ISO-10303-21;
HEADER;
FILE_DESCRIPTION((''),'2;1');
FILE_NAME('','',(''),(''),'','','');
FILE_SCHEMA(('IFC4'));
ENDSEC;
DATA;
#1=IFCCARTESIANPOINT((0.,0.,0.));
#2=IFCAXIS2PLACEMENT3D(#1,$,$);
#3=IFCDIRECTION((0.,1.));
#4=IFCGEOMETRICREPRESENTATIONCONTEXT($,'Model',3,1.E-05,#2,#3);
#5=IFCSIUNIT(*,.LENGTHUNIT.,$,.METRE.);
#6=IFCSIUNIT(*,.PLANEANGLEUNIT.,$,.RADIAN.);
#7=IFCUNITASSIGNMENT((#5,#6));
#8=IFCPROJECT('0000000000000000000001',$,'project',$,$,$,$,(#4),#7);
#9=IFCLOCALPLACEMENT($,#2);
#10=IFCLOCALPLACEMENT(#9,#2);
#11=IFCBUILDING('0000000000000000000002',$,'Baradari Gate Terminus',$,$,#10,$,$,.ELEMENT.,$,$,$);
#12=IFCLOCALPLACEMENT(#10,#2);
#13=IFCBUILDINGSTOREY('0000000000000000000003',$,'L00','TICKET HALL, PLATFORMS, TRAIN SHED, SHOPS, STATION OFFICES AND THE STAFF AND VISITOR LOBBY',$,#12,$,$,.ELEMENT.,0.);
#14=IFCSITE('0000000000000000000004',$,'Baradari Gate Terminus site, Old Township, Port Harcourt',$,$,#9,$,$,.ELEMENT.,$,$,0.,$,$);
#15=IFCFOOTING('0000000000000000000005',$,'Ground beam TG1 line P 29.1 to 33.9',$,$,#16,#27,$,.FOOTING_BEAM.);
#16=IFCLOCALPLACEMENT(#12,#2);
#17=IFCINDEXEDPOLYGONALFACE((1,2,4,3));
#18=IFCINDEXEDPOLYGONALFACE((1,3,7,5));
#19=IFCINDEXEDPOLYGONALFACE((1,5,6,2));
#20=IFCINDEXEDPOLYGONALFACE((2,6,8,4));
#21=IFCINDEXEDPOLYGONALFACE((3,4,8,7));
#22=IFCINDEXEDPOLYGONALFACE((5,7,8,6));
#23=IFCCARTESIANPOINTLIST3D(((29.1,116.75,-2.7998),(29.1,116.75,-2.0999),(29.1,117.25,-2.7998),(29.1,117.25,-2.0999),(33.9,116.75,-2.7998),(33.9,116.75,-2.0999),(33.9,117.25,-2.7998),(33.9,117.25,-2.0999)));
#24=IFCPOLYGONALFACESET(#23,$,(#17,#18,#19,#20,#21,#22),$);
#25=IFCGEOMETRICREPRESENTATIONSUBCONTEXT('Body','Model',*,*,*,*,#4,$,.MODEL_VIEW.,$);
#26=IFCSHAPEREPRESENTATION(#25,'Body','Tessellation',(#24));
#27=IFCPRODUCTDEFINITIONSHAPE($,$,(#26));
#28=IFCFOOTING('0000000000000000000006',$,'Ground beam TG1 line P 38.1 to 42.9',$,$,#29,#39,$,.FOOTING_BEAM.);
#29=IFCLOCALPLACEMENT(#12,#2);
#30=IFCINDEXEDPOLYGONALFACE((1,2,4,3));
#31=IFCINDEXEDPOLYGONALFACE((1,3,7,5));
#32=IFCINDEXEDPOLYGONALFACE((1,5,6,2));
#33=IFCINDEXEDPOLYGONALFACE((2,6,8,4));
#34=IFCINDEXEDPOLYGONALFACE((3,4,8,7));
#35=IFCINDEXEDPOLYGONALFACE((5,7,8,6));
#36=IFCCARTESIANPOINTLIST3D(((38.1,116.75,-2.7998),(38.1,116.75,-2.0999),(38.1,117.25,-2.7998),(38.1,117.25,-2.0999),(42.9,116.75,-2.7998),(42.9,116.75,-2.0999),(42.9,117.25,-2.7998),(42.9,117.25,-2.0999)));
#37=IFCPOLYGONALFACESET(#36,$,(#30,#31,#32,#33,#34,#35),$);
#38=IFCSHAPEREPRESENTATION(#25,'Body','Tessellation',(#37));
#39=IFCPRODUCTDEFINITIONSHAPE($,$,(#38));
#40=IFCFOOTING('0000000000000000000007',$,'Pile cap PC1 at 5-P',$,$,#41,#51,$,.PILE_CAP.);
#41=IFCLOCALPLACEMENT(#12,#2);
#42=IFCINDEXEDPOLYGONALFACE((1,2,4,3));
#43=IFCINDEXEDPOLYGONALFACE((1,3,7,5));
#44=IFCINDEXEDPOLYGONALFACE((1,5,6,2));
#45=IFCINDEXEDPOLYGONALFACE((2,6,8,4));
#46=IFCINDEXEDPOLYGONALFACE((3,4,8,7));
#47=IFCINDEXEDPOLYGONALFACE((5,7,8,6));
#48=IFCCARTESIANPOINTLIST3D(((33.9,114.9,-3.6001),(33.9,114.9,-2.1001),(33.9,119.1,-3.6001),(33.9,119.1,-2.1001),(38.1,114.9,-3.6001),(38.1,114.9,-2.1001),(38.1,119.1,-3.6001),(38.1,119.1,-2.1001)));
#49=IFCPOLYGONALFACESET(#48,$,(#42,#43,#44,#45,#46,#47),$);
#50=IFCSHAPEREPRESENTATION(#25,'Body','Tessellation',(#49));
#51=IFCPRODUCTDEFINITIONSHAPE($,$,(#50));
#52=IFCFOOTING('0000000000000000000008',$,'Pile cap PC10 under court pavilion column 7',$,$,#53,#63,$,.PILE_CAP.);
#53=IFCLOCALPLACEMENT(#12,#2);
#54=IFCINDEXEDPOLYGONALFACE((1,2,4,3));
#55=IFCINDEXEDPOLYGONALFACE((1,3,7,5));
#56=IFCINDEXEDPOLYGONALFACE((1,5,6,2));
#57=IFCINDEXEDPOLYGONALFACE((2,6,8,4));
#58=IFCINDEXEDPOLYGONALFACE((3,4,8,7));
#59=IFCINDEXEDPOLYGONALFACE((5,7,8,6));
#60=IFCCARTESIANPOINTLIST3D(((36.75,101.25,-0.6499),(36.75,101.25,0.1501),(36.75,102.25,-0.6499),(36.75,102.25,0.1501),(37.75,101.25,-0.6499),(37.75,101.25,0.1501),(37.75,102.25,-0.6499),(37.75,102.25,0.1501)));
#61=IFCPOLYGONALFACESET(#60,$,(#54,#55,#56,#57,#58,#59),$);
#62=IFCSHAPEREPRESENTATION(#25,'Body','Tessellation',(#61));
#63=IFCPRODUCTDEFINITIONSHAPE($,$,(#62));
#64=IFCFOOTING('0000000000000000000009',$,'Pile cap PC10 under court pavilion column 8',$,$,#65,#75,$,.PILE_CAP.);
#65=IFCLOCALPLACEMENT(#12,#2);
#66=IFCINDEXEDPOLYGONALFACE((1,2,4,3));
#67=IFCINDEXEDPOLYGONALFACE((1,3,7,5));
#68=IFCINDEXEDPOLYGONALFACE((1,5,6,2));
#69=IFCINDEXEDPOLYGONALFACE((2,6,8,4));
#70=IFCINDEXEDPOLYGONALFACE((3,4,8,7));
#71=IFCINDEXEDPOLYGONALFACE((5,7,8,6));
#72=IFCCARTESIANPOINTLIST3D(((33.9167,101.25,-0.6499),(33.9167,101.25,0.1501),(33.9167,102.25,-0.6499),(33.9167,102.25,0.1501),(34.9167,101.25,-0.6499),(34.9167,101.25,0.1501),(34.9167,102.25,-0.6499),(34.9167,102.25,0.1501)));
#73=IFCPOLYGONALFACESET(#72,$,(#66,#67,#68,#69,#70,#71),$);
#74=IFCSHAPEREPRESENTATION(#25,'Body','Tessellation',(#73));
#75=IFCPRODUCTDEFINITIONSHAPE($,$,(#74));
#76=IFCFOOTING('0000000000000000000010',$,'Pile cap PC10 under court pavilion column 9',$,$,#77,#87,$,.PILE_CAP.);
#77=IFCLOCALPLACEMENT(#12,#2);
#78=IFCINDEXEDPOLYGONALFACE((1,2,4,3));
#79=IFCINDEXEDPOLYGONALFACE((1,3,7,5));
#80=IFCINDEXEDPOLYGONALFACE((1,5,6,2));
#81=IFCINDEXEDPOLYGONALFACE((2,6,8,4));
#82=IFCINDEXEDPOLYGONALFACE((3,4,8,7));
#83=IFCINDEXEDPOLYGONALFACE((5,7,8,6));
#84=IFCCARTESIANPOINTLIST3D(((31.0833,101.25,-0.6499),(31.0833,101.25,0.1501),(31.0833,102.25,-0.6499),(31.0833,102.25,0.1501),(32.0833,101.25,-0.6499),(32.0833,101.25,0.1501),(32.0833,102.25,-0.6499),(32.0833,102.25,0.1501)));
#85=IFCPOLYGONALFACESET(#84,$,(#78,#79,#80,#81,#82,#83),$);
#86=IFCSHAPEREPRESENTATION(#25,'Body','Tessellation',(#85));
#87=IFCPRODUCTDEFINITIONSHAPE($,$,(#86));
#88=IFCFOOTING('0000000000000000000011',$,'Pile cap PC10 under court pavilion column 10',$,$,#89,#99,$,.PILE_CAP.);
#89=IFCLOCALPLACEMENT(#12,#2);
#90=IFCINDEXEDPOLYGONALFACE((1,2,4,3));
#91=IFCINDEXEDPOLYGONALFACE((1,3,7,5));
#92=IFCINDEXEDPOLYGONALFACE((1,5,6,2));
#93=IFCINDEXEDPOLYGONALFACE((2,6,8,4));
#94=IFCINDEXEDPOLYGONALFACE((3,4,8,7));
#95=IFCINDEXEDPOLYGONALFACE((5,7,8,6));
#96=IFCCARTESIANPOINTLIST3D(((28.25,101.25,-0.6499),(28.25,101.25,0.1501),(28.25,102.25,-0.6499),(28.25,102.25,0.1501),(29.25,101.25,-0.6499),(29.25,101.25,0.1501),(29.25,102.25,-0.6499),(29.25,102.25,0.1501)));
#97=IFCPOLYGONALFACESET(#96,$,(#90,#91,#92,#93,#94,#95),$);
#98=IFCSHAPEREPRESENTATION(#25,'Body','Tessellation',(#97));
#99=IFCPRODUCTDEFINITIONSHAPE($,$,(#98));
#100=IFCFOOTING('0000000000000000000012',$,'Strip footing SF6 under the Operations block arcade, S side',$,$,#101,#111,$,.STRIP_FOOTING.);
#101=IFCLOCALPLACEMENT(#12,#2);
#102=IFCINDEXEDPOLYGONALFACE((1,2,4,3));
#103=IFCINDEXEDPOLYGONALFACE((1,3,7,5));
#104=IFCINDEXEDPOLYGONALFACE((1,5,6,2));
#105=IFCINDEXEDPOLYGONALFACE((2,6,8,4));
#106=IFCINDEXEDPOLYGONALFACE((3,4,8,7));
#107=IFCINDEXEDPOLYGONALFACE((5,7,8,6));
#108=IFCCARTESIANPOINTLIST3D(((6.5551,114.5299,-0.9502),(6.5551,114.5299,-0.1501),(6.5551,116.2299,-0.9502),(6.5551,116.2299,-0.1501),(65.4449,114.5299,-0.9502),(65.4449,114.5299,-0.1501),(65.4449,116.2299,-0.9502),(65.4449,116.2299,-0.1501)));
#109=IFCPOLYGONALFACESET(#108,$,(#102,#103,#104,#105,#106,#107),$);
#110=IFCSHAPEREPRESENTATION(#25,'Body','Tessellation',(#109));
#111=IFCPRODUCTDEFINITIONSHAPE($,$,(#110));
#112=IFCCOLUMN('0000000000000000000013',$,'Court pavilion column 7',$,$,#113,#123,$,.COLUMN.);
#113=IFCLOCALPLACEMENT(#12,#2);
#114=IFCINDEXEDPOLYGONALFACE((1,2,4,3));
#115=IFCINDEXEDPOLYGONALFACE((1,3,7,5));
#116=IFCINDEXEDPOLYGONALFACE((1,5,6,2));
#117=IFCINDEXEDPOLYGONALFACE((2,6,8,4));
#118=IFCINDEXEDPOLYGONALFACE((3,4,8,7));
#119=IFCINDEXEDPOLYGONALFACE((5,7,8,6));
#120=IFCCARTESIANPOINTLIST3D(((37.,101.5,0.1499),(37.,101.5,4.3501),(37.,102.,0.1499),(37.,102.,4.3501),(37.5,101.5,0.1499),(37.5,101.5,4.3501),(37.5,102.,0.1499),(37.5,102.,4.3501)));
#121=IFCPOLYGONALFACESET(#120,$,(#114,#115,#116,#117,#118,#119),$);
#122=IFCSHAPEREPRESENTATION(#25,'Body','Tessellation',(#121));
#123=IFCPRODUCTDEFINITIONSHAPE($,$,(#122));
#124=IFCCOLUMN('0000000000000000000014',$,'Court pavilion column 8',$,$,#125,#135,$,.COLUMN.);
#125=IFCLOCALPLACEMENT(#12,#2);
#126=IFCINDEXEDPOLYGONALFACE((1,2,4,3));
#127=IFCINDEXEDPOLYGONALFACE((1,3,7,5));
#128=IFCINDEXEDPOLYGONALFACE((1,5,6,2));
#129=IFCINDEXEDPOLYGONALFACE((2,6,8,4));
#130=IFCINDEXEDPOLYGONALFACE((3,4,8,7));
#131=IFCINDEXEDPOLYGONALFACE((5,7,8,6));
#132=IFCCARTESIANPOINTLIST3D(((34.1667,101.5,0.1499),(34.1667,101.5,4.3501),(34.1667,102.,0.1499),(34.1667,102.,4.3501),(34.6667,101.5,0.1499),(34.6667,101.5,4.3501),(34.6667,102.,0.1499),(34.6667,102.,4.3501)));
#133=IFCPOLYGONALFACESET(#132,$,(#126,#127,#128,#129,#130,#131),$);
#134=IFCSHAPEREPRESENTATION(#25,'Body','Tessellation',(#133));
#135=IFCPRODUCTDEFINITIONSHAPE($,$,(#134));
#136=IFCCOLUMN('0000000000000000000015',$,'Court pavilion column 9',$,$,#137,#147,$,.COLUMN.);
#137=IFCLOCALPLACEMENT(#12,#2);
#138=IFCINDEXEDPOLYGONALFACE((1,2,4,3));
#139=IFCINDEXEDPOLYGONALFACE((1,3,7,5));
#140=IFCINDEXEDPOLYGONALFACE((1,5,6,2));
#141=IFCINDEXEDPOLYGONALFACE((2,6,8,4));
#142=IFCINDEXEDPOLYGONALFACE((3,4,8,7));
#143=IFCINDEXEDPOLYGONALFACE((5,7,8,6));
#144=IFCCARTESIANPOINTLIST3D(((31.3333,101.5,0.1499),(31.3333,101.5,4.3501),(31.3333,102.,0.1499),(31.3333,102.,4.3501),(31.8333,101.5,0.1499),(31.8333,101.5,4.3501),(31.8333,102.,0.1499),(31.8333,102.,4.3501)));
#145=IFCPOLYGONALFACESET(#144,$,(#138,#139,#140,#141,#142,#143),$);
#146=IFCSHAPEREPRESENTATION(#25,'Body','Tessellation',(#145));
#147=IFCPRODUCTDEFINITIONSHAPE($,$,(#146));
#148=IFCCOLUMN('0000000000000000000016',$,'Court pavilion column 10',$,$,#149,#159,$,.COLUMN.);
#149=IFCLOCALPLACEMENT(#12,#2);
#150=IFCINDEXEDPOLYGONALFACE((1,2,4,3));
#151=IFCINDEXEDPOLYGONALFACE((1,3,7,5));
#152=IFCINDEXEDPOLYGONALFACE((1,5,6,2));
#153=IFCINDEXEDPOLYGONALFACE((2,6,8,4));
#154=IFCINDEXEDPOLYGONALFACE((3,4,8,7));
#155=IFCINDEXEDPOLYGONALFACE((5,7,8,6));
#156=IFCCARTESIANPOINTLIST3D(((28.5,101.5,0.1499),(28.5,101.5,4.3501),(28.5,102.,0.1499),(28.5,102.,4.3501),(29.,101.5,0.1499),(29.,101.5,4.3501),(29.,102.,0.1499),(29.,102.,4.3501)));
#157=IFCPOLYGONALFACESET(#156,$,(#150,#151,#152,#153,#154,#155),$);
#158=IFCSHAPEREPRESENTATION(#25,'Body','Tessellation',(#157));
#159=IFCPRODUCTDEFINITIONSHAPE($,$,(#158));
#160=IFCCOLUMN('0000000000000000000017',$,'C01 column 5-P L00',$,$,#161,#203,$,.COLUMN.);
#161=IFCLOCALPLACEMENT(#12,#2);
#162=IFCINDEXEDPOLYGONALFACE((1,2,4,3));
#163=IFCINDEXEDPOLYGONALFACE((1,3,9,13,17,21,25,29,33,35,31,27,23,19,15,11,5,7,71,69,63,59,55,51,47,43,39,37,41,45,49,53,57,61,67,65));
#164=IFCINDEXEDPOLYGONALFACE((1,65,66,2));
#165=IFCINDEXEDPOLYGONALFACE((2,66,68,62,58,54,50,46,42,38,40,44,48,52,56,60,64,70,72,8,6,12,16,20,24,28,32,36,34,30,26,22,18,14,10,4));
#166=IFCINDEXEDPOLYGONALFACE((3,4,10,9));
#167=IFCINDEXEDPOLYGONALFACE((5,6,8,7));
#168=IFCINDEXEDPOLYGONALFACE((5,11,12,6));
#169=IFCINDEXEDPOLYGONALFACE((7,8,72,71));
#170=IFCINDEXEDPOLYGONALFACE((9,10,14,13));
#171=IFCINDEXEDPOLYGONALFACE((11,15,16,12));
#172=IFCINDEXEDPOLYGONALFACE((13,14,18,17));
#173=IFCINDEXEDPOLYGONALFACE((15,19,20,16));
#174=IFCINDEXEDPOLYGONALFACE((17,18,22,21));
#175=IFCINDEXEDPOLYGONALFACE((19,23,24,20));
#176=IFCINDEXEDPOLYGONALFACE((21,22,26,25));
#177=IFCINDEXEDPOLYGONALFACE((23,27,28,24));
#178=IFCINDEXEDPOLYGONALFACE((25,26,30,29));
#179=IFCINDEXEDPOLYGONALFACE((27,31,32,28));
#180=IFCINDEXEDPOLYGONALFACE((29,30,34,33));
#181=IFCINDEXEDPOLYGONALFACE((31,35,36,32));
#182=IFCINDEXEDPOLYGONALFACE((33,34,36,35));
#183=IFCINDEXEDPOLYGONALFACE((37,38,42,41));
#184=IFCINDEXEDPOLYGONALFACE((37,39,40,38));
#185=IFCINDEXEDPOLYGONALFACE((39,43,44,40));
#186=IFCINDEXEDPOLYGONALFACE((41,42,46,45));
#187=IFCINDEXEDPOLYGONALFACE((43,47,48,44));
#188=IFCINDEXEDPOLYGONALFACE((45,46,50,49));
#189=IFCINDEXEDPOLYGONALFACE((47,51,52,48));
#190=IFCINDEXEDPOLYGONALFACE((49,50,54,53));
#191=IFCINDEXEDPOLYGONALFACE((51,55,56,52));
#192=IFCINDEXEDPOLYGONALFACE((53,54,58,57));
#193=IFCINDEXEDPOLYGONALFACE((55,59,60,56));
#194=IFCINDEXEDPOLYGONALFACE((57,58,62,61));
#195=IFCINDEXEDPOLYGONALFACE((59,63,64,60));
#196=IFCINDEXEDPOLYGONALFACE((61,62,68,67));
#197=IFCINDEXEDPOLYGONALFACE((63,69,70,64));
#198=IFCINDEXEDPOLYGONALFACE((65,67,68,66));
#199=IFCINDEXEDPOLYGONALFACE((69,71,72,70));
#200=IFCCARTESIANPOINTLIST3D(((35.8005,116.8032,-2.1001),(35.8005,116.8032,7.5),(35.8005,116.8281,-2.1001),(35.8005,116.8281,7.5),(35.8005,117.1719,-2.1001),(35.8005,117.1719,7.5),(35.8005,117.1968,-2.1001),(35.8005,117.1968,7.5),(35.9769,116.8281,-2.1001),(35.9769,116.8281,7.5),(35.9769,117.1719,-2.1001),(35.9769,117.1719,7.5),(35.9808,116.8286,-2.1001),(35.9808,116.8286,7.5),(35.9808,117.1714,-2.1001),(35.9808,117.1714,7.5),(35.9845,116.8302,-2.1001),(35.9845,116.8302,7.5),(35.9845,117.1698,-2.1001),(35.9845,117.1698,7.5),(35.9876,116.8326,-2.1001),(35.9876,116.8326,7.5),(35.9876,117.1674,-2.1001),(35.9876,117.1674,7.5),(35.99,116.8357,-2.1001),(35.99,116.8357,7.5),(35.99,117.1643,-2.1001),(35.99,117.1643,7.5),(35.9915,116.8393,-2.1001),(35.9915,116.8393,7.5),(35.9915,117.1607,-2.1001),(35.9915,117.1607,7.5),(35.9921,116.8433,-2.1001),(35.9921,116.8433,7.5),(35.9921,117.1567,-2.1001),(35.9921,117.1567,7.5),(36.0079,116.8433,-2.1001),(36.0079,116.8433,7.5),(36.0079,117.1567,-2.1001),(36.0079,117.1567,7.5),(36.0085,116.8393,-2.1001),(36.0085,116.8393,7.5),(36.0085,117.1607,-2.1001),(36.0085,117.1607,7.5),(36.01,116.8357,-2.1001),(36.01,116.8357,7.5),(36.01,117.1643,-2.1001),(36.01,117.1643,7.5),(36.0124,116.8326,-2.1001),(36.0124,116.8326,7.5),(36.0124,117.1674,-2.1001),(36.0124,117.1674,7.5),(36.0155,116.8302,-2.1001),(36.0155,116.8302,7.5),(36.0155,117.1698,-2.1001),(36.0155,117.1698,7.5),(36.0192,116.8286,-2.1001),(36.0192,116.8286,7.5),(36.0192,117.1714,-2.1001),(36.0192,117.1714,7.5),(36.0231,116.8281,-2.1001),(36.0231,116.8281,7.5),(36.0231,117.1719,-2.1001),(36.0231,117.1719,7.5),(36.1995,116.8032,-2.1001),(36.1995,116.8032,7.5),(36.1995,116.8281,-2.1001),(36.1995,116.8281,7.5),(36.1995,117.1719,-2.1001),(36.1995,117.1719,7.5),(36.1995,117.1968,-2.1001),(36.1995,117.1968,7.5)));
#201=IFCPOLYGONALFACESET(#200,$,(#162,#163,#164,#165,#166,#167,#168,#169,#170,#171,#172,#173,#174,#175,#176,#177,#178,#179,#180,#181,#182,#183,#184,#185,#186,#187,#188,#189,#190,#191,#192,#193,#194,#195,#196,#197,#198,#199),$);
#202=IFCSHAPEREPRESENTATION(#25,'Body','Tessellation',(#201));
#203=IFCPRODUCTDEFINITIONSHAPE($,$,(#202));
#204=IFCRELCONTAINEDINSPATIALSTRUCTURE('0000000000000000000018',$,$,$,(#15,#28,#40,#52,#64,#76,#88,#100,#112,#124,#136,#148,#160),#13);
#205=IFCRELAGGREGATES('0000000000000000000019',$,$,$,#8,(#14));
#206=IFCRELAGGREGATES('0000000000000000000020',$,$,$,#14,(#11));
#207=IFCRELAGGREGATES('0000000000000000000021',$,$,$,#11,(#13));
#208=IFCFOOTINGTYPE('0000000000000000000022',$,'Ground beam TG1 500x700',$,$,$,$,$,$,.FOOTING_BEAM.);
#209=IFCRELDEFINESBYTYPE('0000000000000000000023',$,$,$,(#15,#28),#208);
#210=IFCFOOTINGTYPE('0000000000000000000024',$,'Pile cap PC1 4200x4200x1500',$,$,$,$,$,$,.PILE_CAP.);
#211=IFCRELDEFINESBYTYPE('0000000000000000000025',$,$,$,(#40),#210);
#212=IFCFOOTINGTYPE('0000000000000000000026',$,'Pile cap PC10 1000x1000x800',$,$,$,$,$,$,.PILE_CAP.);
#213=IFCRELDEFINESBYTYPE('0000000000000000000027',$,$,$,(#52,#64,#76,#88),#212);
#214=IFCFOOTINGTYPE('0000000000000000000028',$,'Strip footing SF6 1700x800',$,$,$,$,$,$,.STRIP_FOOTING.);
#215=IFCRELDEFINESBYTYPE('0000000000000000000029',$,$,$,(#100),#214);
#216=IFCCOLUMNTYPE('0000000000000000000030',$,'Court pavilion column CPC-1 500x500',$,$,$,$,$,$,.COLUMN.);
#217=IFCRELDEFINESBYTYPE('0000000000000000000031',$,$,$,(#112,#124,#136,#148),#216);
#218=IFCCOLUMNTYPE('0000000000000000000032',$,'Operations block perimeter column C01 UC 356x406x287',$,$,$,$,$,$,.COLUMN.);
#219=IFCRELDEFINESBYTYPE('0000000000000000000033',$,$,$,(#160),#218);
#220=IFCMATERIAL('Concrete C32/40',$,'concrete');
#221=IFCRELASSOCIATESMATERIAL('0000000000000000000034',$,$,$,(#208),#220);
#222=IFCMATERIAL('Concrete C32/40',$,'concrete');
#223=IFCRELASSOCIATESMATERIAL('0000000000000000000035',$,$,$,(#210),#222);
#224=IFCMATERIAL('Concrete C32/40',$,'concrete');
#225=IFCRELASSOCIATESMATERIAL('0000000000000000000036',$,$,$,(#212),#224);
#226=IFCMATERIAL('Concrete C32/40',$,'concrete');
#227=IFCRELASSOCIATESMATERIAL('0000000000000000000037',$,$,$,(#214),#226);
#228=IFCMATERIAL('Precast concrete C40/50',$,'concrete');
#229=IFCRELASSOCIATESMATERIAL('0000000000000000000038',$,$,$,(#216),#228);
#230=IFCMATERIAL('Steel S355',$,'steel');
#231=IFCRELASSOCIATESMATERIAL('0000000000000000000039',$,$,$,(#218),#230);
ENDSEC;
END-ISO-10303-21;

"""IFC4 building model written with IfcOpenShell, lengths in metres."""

from ifc_helpers import new_model, si_unit, direction, frame, origin, origin_2d, place, context, subcontext, project, spatial, rectangle, i_section, extrude, material, material_profile, profile_set, type_object, element, save


model = new_model("IFC4")

# Units and contexts
model_context = context("Model", 3, precision=1e-05, world=origin(), true_north=direction((0.0, 1.0)))
body_context = subcontext(model_context, "Body", "Model", "MODEL_VIEW")
ifc_project = project(units=[si_unit("LENGTHUNIT", "METRE"), si_unit("PLANEANGLEUNIT", "RADIAN")], contexts=[model_context])

# Site, building, storey
site_placement = place(None, origin())
site = spatial("IfcSite", under=ifc_project, at=site_placement, Name="Baradari Gate Terminus site, Old Township, Port Harcourt", CompositionType="ELEMENT", RefElevation=0.0)
building_placement = place(site_placement, origin())
building = spatial("IfcBuilding", under=site, at=building_placement, Name="Baradari Gate Terminus", CompositionType="ELEMENT")
storey_placement = place(building_placement, origin())
storey = spatial("IfcBuildingStorey", under=building, at=storey_placement, Name="L00", Description="TICKET HALL, PLATFORMS, TRAIN SHED, SHOPS, STATION OFFICES AND THE STAFF AND VISITOR LOBBY", CompositionType="ELEMENT", Elevation=0.0)

# Footings
ifc_material_1 = material(Name="Concrete C32/40", Category="concrete")
footing_type_1 = type_object("IfcFootingType", Name="Ground beam TG1 500x700", PredefinedType="FOOTING_BEAM", material=ifc_material_1)
for number, where, z_axis, x_axis, name in (
    (1, (31.5, 117.0, -2.7998), (0.0, 0.0, 1.0), (1.0, 0.0, 0.0), "Ground beam TG1 line P 29.1 to 33.9"),
    (2, (40.5, 117.0, -2.7998), (0.0, 0.0, 1.0), (1.0, 0.0, 0.0), "Ground beam TG1 line P 38.1 to 42.9"),
):
    element("IfcFooting", number, at=place(storey_placement, frame(where, z_axis=z_axis, x_axis=x_axis)), inside=storey, type_object=footing_type_1, Name=name, PredefinedType="FOOTING_BEAM", context=body_context, shape_type="SweptSolid", body=[
        extrude(rectangle(XDim=4.8, YDim=0.5, at=origin_2d()), origin(), (0.0, 0.0, 1.0), 0.7),
    ])
ifc_material_2 = material(Name="Concrete C32/40", Category="concrete")
footing_type_2 = type_object("IfcFootingType", Name="Pile cap PC1 4200x4200x1500", PredefinedType="PILE_CAP", material=ifc_material_2)
footing_1_placement = place(storey_placement, frame((36.0, 117.0, -3.6001), z_axis=(0.0, 0.0, 1.0), x_axis=(1.0, 0.0, 0.0)))
element("IfcFooting", 3, at=footing_1_placement, inside=storey, type_object=footing_type_2, Name="Pile cap PC1 at 5-P", PredefinedType="PILE_CAP", context=body_context, shape_type="SweptSolid", body=[
    extrude(rectangle(XDim=4.2, YDim=4.2, at=origin_2d()), origin(), (0.0, 0.0, 1.0), 1.5),
])
ifc_material_3 = material(Name="Concrete C32/40", Category="concrete")
footing_type_3 = type_object("IfcFootingType", Name="Pile cap PC10 1000x1000x800", PredefinedType="PILE_CAP", material=ifc_material_3)
for number, where, z_axis, x_axis, name in (
    (4, (37.25, 101.75, -0.6499), (0.0, 0.0, 1.0), (1.0, 0.0, 0.0), "Pile cap PC10 under court pavilion column 7"),
    (5, (34.4167, 101.75, -0.6499), (0.0, 0.0, 1.0), (1.0, 0.0, 0.0), "Pile cap PC10 under court pavilion column 8"),
    (6, (31.5833, 101.75, -0.6499), (0.0, 0.0, 1.0), (1.0, 0.0, 0.0), "Pile cap PC10 under court pavilion column 9"),
    (7, (28.75, 101.75, -0.6499), (0.0, 0.0, 1.0), (1.0, 0.0, 0.0), "Pile cap PC10 under court pavilion column 10"),
):
    element("IfcFooting", number, at=place(storey_placement, frame(where, z_axis=z_axis, x_axis=x_axis)), inside=storey, type_object=footing_type_3, Name=name, PredefinedType="PILE_CAP", context=body_context, shape_type="SweptSolid", body=[
        extrude(rectangle(XDim=1.0, YDim=1.0, at=origin_2d()), origin(), (0.0, 0.0, 1.0), 0.8),
    ])
ifc_material_4 = material(Name="Concrete C32/40", Category="concrete")
footing_type_4 = type_object("IfcFootingType", Name="Strip footing SF6 1700x800", PredefinedType="STRIP_FOOTING", material=ifc_material_4)
footing_2_placement = place(storey_placement, frame((36.0, 115.3799, -0.9502), z_axis=(0.0, 0.0, 1.0), x_axis=(1.0, 0.0, 0.0)))
element("IfcFooting", 8, at=footing_2_placement, inside=storey, type_object=footing_type_4, Name="Strip footing SF6 under the Operations block arcade, S side", PredefinedType="STRIP_FOOTING", context=body_context, shape_type="SweptSolid", body=[
    extrude(rectangle(XDim=58.8899, YDim=1.7, at=origin_2d()), origin(), (0.0, 0.0, 1.0), 0.8),
])

# Columns
ifc_material_5 = material(Name="Precast concrete C40/50", Category="concrete")
ifc_material_profile_1 = material_profile(ifc_material_5, rectangle(XDim=0.5, YDim=0.5, at=origin_2d()), Name="RC500X500")
ifc_profile_set_1 = profile_set([ifc_material_profile_1], Name="Precast concrete C40/50")
column_type_1 = type_object("IfcColumnType", Name="Court pavilion column CPC-1 500x500", PredefinedType="COLUMN", material=ifc_profile_set_1)
for number, where, z_axis, x_axis, name in (
    (9, (37.25, 101.75, 0.1499), (0.0, 0.0, 1.0), (1.0, 0.0, 0.0), "Court pavilion column 7"),
    (10, (34.4167, 101.75, 0.1499), (0.0, 0.0, 1.0), (1.0, 0.0, 0.0), "Court pavilion column 8"),
    (11, (31.5833, 101.75, 0.1499), (0.0, 0.0, 1.0), (1.0, 0.0, 0.0), "Court pavilion column 9"),
    (12, (28.75, 101.75, 0.1499), (0.0, 0.0, 1.0), (1.0, 0.0, 0.0), "Court pavilion column 10"),
):
    element("IfcColumn", number, at=place(storey_placement, frame(where, z_axis=z_axis, x_axis=x_axis)), inside=storey, type_object=column_type_1, Name=name, PredefinedType="COLUMN", context=body_context, shape_type="SweptSolid", body=[
        extrude(rectangle(XDim=0.5, YDim=0.5, at=origin_2d()), origin(), (0.0, 0.0, 1.0), 4.2002),
    ])
ifc_material_6 = material(Name="Steel S355", Category="steel")
ifc_material_profile_2 = material_profile(ifc_material_6, i_section(OverallWidth=0.3989, OverallDepth=0.3936, WebThickness=0.0159, FlangeThickness=0.0249, FilletRadius=0.0151, at=origin_2d()), Name="UC 356x406x287")
ifc_profile_set_2 = profile_set([ifc_material_profile_2], Name="Steel S355")
column_type_2 = type_object("IfcColumnType", Name="Operations block perimeter column C01 UC 356x406x287", PredefinedType="COLUMN", material=ifc_profile_set_2)
column_placement = place(storey_placement, frame((36.0, 117.0, -2.1001), z_axis=(0.0, 0.0, 1.0), x_axis=(1.0, 0.0, 0.0)))
element("IfcColumn", 13, at=column_placement, inside=storey, type_object=column_type_2, Name="C01 column 5-P L00", PredefinedType="COLUMN", context=body_context, shape_type="SweptSolid", body=[
    extrude(i_section(OverallWidth=0.3989, OverallDepth=0.3936, WebThickness=0.0159, FlangeThickness=0.0249, FilletRadius=0.0151, at=origin_2d()), origin(), (0.0, 0.0, 1.0), 9.6001),
])

save(model, "model.ifc")
